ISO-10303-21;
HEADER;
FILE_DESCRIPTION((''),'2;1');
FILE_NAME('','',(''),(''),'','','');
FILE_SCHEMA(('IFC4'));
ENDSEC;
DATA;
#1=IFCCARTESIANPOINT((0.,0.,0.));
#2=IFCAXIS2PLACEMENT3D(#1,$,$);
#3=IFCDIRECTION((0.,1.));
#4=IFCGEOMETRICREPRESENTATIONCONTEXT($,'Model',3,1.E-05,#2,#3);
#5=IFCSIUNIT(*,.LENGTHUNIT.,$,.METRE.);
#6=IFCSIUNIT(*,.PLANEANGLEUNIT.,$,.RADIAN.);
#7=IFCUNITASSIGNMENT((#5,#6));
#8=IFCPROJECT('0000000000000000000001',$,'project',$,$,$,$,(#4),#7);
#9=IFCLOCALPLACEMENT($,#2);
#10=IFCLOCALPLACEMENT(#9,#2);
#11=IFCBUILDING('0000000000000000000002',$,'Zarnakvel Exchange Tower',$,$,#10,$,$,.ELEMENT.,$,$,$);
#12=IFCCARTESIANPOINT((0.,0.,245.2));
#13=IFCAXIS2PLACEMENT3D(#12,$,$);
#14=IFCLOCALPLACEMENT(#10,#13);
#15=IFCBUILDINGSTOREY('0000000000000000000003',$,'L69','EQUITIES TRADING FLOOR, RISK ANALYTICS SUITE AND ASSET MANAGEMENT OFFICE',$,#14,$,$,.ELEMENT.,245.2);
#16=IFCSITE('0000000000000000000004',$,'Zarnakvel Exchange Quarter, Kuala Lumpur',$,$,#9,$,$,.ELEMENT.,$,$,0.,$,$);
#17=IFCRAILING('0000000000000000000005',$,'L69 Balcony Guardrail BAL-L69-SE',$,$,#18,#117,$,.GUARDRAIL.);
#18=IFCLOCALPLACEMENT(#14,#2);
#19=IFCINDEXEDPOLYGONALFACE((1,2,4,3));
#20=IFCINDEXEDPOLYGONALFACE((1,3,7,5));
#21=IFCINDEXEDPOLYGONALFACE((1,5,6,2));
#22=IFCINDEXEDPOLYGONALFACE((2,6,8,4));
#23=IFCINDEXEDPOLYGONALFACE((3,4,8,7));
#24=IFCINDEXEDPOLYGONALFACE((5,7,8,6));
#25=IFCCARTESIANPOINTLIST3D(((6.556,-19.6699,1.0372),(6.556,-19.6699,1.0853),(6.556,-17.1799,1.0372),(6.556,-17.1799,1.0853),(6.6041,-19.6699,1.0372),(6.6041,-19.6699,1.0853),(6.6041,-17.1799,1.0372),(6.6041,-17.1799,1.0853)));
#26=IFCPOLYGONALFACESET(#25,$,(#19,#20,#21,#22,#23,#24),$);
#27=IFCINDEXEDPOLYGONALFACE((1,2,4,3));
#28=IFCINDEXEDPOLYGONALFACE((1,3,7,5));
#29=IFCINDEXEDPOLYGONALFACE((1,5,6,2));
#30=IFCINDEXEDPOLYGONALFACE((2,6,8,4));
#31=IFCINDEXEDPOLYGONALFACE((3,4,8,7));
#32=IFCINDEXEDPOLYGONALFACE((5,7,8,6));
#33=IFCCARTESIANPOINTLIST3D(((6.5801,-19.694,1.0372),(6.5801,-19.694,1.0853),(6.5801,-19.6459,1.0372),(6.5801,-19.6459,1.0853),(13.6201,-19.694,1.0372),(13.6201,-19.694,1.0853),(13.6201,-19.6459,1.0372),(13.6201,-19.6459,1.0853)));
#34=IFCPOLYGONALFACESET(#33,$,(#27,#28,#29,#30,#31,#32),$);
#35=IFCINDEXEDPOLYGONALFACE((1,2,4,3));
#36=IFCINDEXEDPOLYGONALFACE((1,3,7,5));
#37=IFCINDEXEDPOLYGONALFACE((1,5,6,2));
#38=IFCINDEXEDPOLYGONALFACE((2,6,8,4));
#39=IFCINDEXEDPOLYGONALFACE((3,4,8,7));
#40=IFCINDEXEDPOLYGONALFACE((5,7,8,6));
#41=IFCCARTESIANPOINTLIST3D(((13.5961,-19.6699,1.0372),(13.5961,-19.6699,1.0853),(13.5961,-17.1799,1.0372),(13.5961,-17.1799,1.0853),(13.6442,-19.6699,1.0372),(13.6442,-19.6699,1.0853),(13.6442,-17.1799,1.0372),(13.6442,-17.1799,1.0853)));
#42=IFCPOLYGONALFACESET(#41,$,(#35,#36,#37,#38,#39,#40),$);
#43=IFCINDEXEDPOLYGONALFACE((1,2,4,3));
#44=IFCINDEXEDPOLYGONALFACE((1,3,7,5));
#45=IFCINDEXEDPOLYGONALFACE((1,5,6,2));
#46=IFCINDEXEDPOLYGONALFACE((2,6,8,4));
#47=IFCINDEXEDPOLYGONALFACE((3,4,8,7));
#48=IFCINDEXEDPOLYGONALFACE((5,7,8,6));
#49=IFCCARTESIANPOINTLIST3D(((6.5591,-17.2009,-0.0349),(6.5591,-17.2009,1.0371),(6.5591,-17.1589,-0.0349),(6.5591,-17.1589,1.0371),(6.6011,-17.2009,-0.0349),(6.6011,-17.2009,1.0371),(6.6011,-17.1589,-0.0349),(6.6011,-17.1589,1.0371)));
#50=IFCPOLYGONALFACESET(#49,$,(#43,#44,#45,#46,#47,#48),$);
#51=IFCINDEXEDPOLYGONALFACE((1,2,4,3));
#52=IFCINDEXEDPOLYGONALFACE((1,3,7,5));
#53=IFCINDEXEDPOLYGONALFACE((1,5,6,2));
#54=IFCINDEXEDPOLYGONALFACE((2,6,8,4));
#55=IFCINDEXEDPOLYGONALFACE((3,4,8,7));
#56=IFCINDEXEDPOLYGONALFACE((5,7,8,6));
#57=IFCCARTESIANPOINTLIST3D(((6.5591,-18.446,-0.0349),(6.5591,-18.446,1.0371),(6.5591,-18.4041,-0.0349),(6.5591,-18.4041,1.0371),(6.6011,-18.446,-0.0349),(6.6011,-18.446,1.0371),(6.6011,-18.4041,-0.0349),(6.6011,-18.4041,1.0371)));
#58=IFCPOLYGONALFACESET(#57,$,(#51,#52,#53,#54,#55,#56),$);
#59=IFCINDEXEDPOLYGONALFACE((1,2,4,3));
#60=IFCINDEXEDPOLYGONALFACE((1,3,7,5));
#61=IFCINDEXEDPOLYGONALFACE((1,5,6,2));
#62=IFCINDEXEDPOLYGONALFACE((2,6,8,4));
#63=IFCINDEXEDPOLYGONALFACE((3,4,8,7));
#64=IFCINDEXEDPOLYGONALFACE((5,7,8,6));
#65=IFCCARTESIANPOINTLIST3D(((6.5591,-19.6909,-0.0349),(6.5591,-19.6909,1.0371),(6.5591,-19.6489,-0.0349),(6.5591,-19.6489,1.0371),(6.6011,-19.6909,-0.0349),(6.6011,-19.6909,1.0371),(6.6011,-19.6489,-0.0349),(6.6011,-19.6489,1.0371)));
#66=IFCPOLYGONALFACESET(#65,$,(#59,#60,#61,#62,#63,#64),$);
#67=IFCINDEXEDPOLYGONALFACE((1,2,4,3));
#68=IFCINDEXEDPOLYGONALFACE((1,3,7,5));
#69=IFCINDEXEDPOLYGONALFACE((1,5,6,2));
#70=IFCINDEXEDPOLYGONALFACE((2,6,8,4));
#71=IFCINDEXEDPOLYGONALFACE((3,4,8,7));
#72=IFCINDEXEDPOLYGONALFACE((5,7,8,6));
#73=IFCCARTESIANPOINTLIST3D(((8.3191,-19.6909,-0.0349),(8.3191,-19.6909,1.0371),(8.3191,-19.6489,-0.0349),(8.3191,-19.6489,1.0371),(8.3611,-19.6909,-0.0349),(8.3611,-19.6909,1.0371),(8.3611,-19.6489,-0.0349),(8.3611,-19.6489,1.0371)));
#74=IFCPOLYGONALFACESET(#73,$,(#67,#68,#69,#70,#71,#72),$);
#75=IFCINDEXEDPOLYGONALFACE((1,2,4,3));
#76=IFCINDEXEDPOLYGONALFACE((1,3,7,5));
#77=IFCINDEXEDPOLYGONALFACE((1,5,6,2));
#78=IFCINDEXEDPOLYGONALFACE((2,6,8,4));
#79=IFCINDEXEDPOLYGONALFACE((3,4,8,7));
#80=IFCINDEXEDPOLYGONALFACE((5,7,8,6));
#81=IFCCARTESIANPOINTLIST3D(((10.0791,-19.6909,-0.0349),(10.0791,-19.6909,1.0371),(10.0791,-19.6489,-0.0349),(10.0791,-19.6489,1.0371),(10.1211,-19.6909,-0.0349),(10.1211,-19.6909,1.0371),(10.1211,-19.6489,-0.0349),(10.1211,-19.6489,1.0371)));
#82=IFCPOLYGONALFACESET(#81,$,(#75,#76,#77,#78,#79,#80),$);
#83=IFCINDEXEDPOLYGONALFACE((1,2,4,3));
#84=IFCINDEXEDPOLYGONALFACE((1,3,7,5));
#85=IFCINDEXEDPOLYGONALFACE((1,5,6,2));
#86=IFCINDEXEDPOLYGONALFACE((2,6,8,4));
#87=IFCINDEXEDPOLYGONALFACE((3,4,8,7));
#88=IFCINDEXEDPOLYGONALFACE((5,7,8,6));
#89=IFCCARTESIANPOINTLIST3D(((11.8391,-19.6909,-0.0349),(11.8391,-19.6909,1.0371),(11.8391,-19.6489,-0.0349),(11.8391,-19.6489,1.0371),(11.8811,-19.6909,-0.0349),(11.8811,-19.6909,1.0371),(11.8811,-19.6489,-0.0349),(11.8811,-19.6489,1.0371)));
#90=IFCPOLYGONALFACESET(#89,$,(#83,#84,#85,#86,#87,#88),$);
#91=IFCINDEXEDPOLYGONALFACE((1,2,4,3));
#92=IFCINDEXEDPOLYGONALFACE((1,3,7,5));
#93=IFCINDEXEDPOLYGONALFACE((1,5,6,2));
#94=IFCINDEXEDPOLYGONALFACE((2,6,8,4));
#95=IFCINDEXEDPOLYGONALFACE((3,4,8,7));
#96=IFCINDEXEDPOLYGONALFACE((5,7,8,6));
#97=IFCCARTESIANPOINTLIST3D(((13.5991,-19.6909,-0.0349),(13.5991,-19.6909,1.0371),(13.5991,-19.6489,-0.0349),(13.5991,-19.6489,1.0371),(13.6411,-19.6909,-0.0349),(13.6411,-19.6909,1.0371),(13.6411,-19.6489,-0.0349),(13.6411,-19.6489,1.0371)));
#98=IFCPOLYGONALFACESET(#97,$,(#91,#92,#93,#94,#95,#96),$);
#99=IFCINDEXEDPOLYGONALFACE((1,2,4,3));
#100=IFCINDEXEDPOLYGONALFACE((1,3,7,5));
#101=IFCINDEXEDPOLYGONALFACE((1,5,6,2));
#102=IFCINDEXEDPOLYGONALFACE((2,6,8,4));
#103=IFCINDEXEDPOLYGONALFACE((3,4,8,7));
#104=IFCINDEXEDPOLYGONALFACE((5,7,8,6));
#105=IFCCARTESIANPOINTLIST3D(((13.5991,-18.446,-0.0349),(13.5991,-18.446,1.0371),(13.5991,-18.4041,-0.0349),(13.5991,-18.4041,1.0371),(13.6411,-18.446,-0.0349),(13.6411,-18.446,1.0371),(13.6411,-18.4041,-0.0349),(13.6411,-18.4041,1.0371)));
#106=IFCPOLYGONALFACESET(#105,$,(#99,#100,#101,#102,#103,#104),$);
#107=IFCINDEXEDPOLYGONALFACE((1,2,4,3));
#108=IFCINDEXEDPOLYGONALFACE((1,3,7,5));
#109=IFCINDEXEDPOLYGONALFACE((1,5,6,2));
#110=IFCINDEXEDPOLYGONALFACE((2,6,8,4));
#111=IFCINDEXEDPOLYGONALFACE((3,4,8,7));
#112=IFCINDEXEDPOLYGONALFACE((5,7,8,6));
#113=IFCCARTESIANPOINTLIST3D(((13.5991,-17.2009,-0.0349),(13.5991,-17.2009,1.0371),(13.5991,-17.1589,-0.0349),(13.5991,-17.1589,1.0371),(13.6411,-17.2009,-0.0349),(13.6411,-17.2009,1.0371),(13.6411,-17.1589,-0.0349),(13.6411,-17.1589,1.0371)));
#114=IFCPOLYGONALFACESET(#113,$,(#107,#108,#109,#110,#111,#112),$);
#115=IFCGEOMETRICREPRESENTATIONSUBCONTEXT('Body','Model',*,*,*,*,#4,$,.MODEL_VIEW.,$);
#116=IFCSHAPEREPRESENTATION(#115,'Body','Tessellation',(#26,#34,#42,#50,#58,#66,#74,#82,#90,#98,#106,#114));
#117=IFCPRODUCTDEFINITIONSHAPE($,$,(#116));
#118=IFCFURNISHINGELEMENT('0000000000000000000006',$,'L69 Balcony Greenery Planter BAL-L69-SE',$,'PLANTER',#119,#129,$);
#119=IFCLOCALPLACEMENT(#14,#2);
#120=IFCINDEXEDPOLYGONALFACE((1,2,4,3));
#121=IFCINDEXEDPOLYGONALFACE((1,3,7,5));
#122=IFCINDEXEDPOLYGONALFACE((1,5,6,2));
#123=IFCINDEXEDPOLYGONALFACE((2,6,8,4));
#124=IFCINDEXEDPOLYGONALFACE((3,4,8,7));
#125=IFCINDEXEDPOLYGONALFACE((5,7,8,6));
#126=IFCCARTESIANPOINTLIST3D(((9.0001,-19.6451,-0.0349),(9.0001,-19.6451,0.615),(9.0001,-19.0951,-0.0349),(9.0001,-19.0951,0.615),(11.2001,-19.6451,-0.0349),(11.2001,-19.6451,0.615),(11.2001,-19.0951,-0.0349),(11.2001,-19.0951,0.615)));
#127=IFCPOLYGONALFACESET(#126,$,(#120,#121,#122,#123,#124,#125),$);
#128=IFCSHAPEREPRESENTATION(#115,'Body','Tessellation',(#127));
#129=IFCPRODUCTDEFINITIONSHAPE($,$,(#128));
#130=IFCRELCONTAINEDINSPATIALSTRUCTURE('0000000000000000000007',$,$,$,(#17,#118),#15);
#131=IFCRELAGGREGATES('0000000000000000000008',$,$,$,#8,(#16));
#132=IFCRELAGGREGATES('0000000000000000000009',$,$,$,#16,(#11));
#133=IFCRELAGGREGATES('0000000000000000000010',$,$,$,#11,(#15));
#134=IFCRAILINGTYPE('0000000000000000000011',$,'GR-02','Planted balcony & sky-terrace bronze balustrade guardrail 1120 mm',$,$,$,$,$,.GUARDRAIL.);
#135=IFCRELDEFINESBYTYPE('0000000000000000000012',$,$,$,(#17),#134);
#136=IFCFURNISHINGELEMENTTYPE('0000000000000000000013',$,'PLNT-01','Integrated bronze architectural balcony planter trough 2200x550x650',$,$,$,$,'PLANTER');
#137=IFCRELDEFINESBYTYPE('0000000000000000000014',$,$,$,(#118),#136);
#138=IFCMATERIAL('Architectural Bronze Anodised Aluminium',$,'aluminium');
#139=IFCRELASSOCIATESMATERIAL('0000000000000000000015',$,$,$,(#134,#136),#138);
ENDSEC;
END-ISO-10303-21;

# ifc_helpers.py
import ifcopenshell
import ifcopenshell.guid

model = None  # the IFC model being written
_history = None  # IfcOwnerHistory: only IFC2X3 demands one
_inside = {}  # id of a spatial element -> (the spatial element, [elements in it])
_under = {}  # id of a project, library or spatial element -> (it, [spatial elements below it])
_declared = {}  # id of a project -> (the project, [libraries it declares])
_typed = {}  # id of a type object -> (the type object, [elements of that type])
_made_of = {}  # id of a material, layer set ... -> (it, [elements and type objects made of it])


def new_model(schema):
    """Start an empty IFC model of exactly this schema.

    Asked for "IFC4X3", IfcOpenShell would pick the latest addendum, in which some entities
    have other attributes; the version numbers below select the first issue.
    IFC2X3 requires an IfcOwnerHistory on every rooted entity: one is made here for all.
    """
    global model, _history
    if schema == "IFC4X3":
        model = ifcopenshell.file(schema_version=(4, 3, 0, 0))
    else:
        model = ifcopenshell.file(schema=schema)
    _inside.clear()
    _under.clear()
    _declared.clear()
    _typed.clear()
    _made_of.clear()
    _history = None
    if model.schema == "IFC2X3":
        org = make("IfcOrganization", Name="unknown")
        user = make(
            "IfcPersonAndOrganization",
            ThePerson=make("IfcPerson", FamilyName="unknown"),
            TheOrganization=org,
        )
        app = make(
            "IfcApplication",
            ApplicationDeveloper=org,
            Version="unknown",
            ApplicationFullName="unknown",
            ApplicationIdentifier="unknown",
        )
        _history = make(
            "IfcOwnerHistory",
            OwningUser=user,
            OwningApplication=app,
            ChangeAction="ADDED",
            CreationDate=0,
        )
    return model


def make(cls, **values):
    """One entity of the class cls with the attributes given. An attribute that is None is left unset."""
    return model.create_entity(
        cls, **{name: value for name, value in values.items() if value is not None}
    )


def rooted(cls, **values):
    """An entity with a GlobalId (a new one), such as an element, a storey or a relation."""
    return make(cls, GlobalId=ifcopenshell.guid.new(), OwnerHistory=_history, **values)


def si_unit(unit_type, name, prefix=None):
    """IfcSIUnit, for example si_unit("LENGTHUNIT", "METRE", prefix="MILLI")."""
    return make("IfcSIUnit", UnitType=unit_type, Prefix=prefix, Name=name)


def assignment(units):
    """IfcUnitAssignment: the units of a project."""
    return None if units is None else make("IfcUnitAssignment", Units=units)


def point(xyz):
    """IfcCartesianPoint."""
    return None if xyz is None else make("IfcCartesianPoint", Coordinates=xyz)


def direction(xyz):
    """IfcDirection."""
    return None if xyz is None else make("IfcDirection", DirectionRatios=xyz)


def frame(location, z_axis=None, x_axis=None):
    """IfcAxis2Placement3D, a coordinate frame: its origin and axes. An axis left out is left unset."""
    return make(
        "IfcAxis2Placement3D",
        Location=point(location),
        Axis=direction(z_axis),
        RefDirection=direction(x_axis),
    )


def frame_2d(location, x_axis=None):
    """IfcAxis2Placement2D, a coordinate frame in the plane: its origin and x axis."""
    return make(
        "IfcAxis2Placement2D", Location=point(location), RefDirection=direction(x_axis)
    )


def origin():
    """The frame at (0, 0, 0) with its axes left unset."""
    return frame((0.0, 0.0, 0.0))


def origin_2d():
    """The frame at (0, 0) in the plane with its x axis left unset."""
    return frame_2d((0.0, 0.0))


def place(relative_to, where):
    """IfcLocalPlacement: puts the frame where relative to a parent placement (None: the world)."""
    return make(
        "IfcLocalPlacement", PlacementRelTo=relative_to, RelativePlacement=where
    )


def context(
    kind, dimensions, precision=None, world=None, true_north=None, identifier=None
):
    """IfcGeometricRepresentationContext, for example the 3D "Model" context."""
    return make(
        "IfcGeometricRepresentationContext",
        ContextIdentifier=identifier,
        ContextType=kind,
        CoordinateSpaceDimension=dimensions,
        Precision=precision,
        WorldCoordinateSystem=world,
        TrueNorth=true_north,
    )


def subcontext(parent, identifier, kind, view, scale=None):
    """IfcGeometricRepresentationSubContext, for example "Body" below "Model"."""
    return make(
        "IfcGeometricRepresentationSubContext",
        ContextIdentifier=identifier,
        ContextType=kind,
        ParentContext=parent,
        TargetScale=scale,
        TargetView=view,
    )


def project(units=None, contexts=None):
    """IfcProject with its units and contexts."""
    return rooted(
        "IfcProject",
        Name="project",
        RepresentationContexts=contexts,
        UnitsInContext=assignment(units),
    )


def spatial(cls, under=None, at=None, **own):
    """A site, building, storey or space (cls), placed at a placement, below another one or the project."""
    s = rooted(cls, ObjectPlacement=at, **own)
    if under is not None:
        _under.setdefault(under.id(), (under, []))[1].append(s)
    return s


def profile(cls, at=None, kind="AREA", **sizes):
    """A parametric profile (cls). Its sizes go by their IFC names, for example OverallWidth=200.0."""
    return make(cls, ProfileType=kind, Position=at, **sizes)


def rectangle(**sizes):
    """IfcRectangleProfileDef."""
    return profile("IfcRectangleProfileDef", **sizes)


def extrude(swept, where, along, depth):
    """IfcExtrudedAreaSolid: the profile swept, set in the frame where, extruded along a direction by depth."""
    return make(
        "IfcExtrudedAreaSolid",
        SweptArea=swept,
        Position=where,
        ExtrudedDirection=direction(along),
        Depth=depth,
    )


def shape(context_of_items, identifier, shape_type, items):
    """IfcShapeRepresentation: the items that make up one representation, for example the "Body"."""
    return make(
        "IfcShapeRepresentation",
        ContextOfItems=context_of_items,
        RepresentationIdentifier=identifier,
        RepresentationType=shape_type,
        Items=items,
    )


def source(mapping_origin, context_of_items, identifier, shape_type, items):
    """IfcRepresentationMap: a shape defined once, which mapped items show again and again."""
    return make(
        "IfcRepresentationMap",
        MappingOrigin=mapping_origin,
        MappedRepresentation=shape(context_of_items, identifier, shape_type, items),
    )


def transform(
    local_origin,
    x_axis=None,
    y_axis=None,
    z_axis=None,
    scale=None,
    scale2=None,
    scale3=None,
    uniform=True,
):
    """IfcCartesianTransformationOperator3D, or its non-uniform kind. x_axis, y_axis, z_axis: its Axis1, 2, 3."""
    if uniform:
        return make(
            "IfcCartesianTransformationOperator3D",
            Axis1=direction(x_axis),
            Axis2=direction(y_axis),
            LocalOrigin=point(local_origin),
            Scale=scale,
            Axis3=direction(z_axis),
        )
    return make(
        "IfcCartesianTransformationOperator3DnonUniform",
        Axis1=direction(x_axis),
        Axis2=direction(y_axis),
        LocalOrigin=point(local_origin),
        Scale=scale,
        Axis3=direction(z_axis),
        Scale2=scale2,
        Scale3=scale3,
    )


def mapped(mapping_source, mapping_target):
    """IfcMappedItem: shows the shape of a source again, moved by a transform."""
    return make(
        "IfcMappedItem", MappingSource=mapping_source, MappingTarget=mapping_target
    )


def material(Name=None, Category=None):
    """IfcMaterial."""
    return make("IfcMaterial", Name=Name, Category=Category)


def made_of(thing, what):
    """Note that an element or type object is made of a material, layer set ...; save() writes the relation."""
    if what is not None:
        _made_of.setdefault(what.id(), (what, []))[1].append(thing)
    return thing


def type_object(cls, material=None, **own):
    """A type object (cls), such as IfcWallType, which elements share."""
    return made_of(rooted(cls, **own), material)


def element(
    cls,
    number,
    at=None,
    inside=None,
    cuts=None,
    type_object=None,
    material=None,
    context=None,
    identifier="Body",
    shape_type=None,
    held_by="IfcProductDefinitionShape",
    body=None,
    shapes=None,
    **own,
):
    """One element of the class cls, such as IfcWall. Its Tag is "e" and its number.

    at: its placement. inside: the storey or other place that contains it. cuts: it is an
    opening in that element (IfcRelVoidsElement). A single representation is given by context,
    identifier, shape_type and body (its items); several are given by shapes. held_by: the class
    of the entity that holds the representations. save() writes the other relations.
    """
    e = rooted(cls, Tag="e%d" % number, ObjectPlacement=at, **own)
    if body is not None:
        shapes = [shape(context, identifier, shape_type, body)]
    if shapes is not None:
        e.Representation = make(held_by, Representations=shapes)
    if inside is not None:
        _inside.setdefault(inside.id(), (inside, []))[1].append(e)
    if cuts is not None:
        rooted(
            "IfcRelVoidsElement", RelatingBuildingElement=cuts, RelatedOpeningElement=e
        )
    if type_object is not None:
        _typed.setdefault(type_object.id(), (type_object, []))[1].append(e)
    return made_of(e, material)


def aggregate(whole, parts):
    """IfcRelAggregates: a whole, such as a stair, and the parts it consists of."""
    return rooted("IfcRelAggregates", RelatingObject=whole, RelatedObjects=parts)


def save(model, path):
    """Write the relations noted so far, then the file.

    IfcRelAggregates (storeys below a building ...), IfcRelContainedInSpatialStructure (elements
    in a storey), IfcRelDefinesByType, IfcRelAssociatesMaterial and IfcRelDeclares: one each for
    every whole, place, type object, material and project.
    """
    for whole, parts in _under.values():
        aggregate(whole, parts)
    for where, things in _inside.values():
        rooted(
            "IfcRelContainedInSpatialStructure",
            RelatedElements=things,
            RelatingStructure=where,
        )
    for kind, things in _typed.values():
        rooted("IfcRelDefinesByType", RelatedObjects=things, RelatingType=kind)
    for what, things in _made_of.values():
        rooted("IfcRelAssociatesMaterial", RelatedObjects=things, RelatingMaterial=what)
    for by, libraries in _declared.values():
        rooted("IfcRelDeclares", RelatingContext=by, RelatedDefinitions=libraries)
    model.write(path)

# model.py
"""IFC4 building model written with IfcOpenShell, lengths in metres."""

from ifc_helpers import new_model, si_unit, direction, frame, origin, origin_2d, place, context, subcontext, project, spatial, rectangle, extrude, source, transform, mapped, material, type_object, element, save


model = new_model("IFC4")

# Units and contexts
model_context = context("Model", 3, precision=1e-05, world=origin(), true_north=direction((0.0, 1.0)))
body_context = subcontext(model_context, "Body", "Model", "MODEL_VIEW")
ifc_project = project(units=[si_unit("LENGTHUNIT", "METRE"), si_unit("PLANEANGLEUNIT", "RADIAN")], contexts=[model_context])

# Site, building, storey
site_placement = place(None, origin())
site = spatial("IfcSite", under=ifc_project, at=site_placement, Name="Zarnakvel Exchange Quarter, Kuala Lumpur", CompositionType="ELEMENT", RefElevation=0.0)
building_placement = place(site_placement, origin())
building = spatial("IfcBuilding", under=site, at=building_placement, Name="Zarnakvel Exchange Tower", CompositionType="ELEMENT")
storey_placement = place(building_placement, frame((0.0, 0.0, 245.2)))
storey = spatial("IfcBuildingStorey", under=building, at=storey_placement, Name="L69", Description="EQUITIES TRADING FLOOR, RISK ANALYTICS SUITE AND ASSET MANAGEMENT OFFICE", CompositionType="ELEMENT", Elevation=245.2)

# Shared definitions
ifc_material_1 = material(Name="Architectural Bronze Anodised Aluminium", Category="aluminium")

# Railing
railing_type = type_object("IfcRailingType", Name="GR-02", Description="Planted balcony & sky-terrace bronze balustrade guardrail 1120 mm", PredefinedType="GUARDRAIL", material=ifc_material_1)
railing_placement = place(storey_placement, frame((6.5801, -17.1799, -0.0349)))
element("IfcRailing", 1, at=railing_placement, inside=storey, type_object=railing_type, Name="L69 Balcony Guardrail BAL-L69-SE", PredefinedType="GUARDRAIL", context=body_context, shape_type="SweptSolid", body=[
    extrude(rectangle(XDim=0.0481, YDim=0.0481, at=origin_2d()), frame((0.0, 0.0, 1.0962), z_axis=(0.0, -1.0, 0.0), x_axis=(1.0, 0.0, 0.0)), (0.0, 0.0, 1.0), 2.49),
    extrude(rectangle(XDim=0.0481, YDim=0.0481, at=origin_2d()), frame((0.0, -2.49, 1.0962), z_axis=(1.0, 0.0, 0.0), x_axis=(0.0, 1.0, 0.0)), (0.0, 0.0, 1.0), 7.04),
    extrude(rectangle(XDim=0.0481, YDim=0.0481, at=origin_2d()), frame((7.04, -2.49, 1.0962), z_axis=(0.0, 1.0, 0.0), x_axis=(-1.0, 0.0, 0.0)), (0.0, 0.0, 1.0), 2.49),
    extrude(rectangle(XDim=0.042, YDim=0.042, at=origin_2d()), origin(), (0.0, 0.0, 1.0), 1.072),
    extrude(rectangle(XDim=0.042, YDim=0.042, at=origin_2d()), frame((0.0, -1.2451, 0.0)), (0.0, 0.0, 1.0), 1.072),
    extrude(rectangle(XDim=0.042, YDim=0.042, at=origin_2d()), frame((0.0, -2.49, 0.0)), (0.0, 0.0, 1.0), 1.072),
    extrude(rectangle(XDim=0.042, YDim=0.042, at=origin_2d()), frame((1.76, -2.49, 0.0)), (0.0, 0.0, 1.0), 1.072),
    extrude(rectangle(XDim=0.042, YDim=0.042, at=origin_2d()), frame((3.52, -2.49, 0.0)), (0.0, 0.0, 1.0), 1.072),
    extrude(rectangle(XDim=0.042, YDim=0.042, at=origin_2d()), frame((5.28, -2.49, 0.0)), (0.0, 0.0, 1.0), 1.072),
    extrude(rectangle(XDim=0.042, YDim=0.042, at=origin_2d()), frame((7.04, -2.49, 0.0)), (0.0, 0.0, 1.0), 1.072),
    extrude(rectangle(XDim=0.042, YDim=0.042, at=origin_2d()), frame((7.04, -1.2451, 0.0)), (0.0, 0.0, 1.0), 1.072),
    extrude(rectangle(XDim=0.042, YDim=0.042, at=origin_2d()), frame((7.04, 0.0, 0.0)), (0.0, 0.0, 1.0), 1.072),
])

# Furnishing element
furnishing_element_type = type_object("IfcFurnishingElementType", Name="PLNT-01", Description="Integrated bronze architectural balcony planter trough 2200x550x650", ElementType="PLANTER", material=ifc_material_1)
shared_shape_1 = source(origin(), body_context, "Body", "SweptSolid", [
    extrude(rectangle(XDim=2.2, YDim=0.55, at=origin_2d()), origin(), (0.0, 0.0, 1.0), 0.6499),
])
furnishing_placement = place(storey_placement, frame((10.1001, -19.3701, -0.0349), z_axis=(0.0, 0.0, 1.0), x_axis=(1.0, 0.0, 0.0)))
element("IfcFurnishingElement", 2, at=furnishing_placement, inside=storey, type_object=furnishing_element_type, Name="L69 Balcony Greenery Planter BAL-L69-SE", ObjectType="PLANTER", context=body_context, shape_type="MappedRepresentation", body=[
    mapped(shared_shape_1, transform((0.0, 0.0, 0.0), x_axis=(1.0, 0.0, 0.0), y_axis=(0.0, 1.0, 0.0), z_axis=(0.0, 0.0, 1.0), scale=1.0)),
])

save(model, "model.ifc")
